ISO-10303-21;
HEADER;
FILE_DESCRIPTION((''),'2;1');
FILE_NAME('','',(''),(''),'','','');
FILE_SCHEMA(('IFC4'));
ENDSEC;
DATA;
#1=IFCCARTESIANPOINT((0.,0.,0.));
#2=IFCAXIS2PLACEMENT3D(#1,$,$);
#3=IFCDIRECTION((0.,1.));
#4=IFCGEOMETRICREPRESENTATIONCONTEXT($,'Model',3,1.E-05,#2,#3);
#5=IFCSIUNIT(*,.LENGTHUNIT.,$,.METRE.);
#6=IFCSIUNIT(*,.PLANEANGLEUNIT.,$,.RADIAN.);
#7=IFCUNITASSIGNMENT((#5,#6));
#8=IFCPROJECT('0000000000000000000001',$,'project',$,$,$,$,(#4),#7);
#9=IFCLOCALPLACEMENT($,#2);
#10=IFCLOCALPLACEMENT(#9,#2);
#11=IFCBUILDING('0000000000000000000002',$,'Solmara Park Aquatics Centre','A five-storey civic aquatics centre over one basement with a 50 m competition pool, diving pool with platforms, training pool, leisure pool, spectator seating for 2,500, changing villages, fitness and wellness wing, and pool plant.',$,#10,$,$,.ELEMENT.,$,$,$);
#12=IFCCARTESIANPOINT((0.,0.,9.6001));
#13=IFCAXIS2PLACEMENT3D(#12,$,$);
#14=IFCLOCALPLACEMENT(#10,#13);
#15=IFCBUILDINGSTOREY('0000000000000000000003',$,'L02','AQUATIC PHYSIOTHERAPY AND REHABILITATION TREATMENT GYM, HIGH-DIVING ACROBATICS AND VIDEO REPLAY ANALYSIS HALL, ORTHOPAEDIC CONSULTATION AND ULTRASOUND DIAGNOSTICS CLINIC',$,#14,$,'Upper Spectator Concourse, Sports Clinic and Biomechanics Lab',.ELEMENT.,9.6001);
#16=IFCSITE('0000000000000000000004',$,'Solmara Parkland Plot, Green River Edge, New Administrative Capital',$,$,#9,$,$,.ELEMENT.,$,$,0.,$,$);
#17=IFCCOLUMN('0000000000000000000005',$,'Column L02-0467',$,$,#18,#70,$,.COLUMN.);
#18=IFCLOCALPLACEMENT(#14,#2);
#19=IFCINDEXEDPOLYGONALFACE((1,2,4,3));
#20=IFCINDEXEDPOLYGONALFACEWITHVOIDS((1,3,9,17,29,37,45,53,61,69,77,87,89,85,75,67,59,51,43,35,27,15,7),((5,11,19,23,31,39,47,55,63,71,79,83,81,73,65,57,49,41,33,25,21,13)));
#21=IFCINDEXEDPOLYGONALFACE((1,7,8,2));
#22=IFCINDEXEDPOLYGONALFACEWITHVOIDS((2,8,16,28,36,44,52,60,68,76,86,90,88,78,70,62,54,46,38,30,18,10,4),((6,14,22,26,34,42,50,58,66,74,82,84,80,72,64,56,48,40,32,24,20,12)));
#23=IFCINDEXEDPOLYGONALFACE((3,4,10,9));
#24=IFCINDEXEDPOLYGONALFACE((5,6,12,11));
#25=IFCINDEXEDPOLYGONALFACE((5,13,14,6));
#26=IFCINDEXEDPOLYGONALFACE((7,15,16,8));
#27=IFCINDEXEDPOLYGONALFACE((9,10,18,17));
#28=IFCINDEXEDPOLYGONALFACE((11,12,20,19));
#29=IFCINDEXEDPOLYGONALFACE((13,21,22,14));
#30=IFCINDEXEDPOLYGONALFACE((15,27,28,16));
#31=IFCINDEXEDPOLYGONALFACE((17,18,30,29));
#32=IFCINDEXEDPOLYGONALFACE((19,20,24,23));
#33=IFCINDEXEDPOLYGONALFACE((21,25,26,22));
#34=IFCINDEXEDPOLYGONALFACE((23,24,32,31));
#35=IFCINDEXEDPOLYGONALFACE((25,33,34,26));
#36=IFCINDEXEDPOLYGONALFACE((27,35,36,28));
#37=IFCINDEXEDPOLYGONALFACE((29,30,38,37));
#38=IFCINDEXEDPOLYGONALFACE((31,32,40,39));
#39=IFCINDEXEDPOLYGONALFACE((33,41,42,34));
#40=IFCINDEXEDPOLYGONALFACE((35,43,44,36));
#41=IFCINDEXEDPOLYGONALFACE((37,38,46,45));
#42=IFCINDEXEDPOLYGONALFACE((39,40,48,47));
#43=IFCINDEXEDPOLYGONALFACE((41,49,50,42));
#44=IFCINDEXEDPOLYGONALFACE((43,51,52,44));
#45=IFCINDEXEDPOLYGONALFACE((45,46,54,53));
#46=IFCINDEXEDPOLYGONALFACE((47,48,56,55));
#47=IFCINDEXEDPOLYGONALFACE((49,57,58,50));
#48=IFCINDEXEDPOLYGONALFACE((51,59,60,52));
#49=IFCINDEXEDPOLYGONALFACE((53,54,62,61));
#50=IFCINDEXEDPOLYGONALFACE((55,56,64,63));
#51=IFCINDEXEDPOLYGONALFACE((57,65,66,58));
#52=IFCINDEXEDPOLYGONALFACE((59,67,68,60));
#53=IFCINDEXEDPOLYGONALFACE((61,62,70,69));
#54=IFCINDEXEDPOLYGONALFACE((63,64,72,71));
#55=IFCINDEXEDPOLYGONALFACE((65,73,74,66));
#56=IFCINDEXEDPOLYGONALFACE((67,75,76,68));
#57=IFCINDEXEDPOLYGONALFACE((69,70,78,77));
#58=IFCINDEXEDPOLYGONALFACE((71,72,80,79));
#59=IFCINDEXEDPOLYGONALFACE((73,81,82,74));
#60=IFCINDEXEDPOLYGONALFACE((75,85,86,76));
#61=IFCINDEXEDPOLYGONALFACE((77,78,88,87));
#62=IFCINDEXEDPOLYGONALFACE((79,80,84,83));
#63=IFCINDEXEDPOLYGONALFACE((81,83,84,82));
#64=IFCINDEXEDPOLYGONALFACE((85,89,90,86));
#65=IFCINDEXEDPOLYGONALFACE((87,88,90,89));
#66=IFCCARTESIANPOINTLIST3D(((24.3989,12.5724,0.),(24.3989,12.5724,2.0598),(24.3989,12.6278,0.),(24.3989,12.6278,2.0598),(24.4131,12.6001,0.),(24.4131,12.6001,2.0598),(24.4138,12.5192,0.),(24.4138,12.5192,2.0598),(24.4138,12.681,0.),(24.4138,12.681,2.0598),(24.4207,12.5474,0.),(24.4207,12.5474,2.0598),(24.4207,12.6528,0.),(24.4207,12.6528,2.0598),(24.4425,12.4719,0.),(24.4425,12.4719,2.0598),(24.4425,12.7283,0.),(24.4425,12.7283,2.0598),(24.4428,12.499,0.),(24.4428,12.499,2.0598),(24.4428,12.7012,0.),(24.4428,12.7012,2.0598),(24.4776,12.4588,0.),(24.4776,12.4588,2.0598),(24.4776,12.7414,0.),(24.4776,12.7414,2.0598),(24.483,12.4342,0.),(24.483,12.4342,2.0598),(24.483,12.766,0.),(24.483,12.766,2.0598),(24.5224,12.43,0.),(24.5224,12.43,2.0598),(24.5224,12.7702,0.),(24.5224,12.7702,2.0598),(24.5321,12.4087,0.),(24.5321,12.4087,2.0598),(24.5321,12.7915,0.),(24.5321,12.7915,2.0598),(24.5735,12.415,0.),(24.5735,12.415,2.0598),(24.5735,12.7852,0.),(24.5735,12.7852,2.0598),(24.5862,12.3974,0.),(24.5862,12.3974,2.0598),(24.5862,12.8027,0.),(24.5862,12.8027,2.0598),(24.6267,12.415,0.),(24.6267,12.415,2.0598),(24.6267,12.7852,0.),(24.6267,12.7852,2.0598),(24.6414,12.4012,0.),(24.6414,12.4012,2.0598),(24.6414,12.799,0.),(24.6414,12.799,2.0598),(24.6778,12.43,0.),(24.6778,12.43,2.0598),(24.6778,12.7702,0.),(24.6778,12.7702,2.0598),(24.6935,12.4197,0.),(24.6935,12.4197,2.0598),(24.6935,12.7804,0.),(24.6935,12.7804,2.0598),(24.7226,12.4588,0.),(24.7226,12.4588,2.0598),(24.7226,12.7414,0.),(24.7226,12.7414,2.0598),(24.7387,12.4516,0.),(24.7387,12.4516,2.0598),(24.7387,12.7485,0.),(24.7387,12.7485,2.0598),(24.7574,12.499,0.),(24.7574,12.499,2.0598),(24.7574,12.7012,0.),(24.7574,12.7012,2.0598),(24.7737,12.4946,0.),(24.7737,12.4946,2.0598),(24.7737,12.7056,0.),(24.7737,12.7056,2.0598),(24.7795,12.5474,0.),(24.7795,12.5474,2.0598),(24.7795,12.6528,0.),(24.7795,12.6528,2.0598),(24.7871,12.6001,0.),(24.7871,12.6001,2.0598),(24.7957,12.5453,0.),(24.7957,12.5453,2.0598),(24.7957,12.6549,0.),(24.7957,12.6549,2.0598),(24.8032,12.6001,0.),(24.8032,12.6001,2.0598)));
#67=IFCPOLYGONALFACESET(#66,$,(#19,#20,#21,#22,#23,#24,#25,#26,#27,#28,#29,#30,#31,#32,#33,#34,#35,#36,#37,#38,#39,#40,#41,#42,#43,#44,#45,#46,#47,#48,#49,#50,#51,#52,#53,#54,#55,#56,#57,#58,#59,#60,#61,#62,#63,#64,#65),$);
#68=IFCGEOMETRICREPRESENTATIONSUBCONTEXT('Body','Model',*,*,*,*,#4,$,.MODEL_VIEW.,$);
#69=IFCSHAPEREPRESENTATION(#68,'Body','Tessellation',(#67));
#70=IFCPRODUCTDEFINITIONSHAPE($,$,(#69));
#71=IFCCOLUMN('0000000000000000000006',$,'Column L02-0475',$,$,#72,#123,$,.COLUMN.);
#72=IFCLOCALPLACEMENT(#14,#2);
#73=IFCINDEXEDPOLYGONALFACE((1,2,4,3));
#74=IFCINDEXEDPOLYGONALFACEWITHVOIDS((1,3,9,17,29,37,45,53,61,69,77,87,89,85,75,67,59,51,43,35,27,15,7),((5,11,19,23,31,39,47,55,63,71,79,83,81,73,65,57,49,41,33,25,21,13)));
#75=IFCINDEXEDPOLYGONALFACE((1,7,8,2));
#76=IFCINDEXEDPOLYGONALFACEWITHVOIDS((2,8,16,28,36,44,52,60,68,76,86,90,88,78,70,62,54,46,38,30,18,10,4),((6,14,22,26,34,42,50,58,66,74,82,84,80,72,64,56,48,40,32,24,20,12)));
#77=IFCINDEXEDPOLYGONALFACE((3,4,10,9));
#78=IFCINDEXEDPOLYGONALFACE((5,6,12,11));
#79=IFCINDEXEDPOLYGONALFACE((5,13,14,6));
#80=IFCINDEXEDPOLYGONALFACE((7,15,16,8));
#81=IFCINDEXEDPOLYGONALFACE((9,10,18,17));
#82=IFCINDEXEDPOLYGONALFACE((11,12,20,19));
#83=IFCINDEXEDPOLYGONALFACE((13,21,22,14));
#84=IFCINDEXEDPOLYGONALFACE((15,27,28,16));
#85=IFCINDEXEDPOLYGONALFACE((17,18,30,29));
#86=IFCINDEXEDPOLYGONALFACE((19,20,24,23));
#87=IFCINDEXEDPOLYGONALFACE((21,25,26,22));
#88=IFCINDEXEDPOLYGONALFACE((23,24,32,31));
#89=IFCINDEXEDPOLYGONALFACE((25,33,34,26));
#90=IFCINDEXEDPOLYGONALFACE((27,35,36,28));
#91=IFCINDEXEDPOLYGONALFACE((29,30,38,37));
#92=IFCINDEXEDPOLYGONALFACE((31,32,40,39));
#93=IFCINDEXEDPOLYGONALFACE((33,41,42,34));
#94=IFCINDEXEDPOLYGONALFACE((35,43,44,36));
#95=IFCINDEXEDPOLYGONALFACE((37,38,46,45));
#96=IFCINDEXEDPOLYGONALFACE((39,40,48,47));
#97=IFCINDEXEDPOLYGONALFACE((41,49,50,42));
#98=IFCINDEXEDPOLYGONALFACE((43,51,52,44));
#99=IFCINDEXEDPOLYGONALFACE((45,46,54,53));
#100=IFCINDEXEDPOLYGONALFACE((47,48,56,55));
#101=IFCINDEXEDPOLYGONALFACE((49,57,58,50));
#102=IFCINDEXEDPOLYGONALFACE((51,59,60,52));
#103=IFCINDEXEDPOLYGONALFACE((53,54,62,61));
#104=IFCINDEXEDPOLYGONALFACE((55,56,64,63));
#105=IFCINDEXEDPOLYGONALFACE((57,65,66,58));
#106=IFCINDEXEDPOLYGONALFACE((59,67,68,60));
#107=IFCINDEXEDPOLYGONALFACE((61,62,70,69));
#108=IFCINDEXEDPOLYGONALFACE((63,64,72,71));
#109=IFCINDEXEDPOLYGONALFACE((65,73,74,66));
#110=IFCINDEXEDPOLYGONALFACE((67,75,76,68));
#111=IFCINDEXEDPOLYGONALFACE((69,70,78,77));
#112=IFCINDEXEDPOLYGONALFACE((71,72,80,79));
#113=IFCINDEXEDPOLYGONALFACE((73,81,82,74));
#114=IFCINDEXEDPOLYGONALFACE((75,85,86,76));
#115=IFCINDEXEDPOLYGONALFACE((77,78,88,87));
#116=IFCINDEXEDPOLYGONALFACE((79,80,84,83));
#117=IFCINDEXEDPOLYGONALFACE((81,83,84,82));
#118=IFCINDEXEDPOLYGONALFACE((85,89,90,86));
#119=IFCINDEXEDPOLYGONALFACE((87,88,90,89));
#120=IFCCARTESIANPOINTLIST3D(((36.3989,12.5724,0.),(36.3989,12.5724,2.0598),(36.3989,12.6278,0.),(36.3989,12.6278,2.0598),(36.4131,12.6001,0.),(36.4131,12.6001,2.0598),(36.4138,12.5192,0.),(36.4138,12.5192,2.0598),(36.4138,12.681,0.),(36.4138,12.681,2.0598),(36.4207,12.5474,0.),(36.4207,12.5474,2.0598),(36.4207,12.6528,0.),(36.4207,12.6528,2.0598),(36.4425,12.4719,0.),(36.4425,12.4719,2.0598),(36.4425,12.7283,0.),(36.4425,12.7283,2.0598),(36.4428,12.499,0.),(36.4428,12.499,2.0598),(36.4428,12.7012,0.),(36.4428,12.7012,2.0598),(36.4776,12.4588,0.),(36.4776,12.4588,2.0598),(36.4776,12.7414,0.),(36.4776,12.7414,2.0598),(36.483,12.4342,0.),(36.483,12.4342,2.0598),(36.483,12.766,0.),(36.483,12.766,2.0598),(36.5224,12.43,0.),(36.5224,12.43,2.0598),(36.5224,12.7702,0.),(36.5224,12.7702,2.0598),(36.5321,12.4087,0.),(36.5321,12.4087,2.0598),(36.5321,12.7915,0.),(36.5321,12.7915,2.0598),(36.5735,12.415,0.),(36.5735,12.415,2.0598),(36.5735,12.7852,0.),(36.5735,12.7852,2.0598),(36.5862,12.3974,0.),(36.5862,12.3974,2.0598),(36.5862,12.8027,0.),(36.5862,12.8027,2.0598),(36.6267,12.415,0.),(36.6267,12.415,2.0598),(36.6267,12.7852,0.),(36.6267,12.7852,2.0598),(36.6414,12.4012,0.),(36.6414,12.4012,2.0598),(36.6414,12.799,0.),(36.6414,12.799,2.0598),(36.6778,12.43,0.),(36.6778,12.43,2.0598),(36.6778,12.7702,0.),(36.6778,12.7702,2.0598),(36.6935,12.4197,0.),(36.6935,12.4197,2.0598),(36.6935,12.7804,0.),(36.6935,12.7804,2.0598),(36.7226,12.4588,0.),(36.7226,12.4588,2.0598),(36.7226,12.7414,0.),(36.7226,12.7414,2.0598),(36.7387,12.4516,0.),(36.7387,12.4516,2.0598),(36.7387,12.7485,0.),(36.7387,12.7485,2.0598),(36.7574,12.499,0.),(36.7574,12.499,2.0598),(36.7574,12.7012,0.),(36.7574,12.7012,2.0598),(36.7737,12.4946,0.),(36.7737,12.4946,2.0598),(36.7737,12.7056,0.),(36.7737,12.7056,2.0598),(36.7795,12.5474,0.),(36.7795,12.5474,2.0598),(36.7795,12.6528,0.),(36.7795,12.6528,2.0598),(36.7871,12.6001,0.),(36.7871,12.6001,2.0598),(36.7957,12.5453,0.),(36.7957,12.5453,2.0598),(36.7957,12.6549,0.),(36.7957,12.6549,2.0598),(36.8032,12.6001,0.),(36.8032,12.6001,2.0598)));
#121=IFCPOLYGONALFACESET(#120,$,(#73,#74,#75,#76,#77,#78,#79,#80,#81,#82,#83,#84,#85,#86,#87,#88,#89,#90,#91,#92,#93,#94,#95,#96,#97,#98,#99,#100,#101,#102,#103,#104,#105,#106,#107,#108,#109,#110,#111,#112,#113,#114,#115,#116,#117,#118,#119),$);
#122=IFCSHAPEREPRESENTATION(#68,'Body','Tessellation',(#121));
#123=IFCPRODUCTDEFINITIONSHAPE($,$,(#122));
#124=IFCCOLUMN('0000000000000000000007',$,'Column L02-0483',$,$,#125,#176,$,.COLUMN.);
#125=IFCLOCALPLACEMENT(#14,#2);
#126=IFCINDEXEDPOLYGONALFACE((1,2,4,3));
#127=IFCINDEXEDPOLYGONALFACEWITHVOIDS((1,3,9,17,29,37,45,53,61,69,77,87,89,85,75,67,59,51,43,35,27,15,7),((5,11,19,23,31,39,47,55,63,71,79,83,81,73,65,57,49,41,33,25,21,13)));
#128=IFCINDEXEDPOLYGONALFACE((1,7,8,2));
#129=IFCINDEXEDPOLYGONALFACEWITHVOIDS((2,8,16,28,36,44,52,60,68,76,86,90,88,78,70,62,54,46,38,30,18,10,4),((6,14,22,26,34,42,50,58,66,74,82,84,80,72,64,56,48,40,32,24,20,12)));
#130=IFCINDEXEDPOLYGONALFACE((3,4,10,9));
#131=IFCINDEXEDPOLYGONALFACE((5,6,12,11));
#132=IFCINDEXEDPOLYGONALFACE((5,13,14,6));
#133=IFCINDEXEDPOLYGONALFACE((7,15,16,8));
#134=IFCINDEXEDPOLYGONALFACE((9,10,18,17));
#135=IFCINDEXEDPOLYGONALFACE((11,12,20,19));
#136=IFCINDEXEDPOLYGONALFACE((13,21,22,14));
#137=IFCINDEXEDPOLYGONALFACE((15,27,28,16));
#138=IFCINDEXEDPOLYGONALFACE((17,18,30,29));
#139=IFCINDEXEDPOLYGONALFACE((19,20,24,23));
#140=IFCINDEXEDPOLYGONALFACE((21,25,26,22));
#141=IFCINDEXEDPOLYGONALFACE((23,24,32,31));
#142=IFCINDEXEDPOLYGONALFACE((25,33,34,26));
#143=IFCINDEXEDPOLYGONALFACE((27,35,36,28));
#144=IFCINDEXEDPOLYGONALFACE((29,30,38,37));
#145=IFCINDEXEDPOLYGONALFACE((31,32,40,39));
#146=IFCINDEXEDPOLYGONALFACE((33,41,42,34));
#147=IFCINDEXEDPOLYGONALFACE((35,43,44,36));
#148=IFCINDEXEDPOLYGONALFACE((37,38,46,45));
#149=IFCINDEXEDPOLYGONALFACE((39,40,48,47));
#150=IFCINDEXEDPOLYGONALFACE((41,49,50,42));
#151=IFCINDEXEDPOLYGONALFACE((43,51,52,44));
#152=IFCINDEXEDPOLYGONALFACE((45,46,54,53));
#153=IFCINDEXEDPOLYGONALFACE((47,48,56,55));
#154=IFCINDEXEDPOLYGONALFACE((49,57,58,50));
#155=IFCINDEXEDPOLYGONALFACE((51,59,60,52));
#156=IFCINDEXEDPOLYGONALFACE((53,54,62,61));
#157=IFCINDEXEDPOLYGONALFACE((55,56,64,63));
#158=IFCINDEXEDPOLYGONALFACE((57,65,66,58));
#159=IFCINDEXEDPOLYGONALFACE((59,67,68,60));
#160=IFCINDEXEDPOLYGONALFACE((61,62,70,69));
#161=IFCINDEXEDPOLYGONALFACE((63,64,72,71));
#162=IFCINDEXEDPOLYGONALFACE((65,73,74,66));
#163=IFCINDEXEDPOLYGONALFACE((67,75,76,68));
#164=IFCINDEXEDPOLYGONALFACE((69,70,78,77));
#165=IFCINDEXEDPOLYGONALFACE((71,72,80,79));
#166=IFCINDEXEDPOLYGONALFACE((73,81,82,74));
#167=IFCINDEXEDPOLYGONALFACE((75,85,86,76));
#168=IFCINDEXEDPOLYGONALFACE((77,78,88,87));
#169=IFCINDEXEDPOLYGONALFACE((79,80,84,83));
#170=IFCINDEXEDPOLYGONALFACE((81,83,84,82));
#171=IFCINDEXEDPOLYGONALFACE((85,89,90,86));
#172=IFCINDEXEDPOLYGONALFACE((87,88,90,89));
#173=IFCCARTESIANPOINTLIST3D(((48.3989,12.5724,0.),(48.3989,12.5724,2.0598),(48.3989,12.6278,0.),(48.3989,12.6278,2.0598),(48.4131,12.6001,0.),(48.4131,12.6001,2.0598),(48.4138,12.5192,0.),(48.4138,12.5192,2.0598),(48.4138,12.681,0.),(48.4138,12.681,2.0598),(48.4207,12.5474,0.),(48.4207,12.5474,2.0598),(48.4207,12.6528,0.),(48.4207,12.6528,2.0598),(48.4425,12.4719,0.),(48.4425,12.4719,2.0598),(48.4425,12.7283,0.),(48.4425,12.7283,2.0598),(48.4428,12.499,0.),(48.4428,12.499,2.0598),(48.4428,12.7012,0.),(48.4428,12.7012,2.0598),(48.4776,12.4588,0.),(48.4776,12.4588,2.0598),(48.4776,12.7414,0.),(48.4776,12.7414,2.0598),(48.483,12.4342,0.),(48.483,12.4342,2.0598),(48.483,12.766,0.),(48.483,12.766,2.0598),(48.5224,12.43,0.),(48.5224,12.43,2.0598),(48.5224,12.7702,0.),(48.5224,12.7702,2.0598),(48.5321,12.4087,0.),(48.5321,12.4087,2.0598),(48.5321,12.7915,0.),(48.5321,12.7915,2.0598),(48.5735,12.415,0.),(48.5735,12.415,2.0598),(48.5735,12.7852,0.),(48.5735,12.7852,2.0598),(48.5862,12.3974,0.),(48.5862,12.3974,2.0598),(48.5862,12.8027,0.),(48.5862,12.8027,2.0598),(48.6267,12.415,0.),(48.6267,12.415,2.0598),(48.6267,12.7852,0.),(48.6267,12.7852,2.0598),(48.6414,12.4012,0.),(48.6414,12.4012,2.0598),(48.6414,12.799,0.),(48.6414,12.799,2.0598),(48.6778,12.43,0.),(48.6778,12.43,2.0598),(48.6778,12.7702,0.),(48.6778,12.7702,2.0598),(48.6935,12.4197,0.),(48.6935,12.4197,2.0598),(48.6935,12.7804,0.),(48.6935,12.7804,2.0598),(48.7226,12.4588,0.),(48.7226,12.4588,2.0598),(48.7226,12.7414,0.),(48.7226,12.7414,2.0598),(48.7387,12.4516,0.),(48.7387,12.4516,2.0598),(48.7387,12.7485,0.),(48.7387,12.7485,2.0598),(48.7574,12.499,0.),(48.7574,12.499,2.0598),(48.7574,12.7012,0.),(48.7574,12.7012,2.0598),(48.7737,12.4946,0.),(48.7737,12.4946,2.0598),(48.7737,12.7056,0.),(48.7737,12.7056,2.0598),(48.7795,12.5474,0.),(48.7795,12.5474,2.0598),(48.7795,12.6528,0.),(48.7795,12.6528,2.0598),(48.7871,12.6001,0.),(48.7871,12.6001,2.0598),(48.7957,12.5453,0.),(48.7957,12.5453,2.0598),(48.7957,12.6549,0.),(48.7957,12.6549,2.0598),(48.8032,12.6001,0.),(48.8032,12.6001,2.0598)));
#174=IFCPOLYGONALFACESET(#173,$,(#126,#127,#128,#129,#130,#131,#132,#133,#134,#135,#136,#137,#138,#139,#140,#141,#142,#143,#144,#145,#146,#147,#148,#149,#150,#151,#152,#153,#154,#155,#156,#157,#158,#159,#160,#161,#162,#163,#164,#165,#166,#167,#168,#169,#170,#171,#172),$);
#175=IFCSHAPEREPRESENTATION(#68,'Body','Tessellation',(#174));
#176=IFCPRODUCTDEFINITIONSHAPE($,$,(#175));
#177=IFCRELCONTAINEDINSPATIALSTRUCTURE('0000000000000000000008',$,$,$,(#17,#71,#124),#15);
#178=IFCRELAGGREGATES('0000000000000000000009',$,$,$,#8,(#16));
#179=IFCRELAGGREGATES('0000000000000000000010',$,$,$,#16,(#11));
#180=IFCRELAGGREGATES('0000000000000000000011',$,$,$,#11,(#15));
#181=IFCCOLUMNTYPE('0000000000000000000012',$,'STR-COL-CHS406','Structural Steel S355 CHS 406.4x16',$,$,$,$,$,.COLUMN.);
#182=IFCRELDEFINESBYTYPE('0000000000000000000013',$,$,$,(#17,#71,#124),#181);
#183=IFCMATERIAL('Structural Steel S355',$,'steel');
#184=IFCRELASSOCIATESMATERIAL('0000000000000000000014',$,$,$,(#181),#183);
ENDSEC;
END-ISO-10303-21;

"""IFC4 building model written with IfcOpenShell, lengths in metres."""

from ifc_helpers import new_model, si_unit, direction, frame, origin, origin_2d, place, context, subcontext, project, spatial, hollow_circle, extrude, material, material_profile, profile_set, type_object, element, save


model = new_model("IFC4")

# Units and contexts
model_context = context("Model", 3, precision=1e-05, world=origin(), true_north=direction((0.0, 1.0)))
body_context = subcontext(model_context, "Body", "Model", "MODEL_VIEW")
ifc_project = project(units=[si_unit("LENGTHUNIT", "METRE"), si_unit("PLANEANGLEUNIT", "RADIAN")], contexts=[model_context])

# Site, building, storey
site_placement = place(None, origin())
site = spatial("IfcSite", under=ifc_project, at=site_placement, Name="Solmara Parkland Plot, Green River Edge, New Administrative Capital", CompositionType="ELEMENT", RefElevation=0.0)
building_placement = place(site_placement, origin())
building = spatial("IfcBuilding", under=site, at=building_placement, Name="Solmara Park Aquatics Centre", Description="A five-storey civic aquatics centre over one basement with a 50 m competition pool, diving pool with platforms, training pool, leisure pool, spectator seating for 2,500, changing villages, fitness and wellness wing, and pool plant.", CompositionType="ELEMENT")
storey_placement = place(building_placement, frame((0.0, 0.0, 9.6001)))
storey = spatial("IfcBuildingStorey", under=building, at=storey_placement, Name="L02", Description="AQUATIC PHYSIOTHERAPY AND REHABILITATION TREATMENT GYM, HIGH-DIVING ACROBATICS AND VIDEO REPLAY ANALYSIS HALL, ORTHOPAEDIC CONSULTATION AND ULTRASOUND DIAGNOSTICS CLINIC", LongName="Upper Spectator Concourse, Sports Clinic and Biomechanics Lab", CompositionType="ELEMENT", Elevation=9.6001)

# Columns
ifc_material_1 = material(Name="Structural Steel S355", Category="steel")
ifc_material_profile_1 = material_profile(ifc_material_1, hollow_circle(Radius=0.2031, WallThickness=0.0161, at=origin_2d()), Name="CHS 406.4x16")
ifc_profile_set_1 = profile_set([ifc_material_profile_1], Name="Structural Steel S355")
column_type_1 = type_object("IfcColumnType", Name="STR-COL-CHS406", Description="Structural Steel S355 CHS 406.4x16", PredefinedType="COLUMN", material=ifc_profile_set_1)
for number, where, z_axis, x_axis, name in (
    (1, (24.6001, 12.6001, 0.0), (0.0, 0.0, 1.0), (1.0, 0.0, 0.0), "Column L02-0467"),
    (2, (36.6001, 12.6001, 0.0), (0.0, 0.0, 1.0), (1.0, 0.0, 0.0), "Column L02-0475"),
    (3, (48.6001, 12.6001, 0.0), (0.0, 0.0, 1.0), (1.0, 0.0, 0.0), "Column L02-0483"),
):
    element("IfcColumn", number, at=place(storey_placement, frame(where, z_axis=z_axis, x_axis=x_axis)), inside=storey, type_object=column_type_1, Name=name, PredefinedType="COLUMN", context=body_context, shape_type="SweptSolid", body=[
        extrude(hollow_circle(Radius=0.2031, WallThickness=0.0161, at=origin_2d()), origin(), (0.0, 0.0, 1.0), 2.0598),
    ])

save(model, "model.ifc")
